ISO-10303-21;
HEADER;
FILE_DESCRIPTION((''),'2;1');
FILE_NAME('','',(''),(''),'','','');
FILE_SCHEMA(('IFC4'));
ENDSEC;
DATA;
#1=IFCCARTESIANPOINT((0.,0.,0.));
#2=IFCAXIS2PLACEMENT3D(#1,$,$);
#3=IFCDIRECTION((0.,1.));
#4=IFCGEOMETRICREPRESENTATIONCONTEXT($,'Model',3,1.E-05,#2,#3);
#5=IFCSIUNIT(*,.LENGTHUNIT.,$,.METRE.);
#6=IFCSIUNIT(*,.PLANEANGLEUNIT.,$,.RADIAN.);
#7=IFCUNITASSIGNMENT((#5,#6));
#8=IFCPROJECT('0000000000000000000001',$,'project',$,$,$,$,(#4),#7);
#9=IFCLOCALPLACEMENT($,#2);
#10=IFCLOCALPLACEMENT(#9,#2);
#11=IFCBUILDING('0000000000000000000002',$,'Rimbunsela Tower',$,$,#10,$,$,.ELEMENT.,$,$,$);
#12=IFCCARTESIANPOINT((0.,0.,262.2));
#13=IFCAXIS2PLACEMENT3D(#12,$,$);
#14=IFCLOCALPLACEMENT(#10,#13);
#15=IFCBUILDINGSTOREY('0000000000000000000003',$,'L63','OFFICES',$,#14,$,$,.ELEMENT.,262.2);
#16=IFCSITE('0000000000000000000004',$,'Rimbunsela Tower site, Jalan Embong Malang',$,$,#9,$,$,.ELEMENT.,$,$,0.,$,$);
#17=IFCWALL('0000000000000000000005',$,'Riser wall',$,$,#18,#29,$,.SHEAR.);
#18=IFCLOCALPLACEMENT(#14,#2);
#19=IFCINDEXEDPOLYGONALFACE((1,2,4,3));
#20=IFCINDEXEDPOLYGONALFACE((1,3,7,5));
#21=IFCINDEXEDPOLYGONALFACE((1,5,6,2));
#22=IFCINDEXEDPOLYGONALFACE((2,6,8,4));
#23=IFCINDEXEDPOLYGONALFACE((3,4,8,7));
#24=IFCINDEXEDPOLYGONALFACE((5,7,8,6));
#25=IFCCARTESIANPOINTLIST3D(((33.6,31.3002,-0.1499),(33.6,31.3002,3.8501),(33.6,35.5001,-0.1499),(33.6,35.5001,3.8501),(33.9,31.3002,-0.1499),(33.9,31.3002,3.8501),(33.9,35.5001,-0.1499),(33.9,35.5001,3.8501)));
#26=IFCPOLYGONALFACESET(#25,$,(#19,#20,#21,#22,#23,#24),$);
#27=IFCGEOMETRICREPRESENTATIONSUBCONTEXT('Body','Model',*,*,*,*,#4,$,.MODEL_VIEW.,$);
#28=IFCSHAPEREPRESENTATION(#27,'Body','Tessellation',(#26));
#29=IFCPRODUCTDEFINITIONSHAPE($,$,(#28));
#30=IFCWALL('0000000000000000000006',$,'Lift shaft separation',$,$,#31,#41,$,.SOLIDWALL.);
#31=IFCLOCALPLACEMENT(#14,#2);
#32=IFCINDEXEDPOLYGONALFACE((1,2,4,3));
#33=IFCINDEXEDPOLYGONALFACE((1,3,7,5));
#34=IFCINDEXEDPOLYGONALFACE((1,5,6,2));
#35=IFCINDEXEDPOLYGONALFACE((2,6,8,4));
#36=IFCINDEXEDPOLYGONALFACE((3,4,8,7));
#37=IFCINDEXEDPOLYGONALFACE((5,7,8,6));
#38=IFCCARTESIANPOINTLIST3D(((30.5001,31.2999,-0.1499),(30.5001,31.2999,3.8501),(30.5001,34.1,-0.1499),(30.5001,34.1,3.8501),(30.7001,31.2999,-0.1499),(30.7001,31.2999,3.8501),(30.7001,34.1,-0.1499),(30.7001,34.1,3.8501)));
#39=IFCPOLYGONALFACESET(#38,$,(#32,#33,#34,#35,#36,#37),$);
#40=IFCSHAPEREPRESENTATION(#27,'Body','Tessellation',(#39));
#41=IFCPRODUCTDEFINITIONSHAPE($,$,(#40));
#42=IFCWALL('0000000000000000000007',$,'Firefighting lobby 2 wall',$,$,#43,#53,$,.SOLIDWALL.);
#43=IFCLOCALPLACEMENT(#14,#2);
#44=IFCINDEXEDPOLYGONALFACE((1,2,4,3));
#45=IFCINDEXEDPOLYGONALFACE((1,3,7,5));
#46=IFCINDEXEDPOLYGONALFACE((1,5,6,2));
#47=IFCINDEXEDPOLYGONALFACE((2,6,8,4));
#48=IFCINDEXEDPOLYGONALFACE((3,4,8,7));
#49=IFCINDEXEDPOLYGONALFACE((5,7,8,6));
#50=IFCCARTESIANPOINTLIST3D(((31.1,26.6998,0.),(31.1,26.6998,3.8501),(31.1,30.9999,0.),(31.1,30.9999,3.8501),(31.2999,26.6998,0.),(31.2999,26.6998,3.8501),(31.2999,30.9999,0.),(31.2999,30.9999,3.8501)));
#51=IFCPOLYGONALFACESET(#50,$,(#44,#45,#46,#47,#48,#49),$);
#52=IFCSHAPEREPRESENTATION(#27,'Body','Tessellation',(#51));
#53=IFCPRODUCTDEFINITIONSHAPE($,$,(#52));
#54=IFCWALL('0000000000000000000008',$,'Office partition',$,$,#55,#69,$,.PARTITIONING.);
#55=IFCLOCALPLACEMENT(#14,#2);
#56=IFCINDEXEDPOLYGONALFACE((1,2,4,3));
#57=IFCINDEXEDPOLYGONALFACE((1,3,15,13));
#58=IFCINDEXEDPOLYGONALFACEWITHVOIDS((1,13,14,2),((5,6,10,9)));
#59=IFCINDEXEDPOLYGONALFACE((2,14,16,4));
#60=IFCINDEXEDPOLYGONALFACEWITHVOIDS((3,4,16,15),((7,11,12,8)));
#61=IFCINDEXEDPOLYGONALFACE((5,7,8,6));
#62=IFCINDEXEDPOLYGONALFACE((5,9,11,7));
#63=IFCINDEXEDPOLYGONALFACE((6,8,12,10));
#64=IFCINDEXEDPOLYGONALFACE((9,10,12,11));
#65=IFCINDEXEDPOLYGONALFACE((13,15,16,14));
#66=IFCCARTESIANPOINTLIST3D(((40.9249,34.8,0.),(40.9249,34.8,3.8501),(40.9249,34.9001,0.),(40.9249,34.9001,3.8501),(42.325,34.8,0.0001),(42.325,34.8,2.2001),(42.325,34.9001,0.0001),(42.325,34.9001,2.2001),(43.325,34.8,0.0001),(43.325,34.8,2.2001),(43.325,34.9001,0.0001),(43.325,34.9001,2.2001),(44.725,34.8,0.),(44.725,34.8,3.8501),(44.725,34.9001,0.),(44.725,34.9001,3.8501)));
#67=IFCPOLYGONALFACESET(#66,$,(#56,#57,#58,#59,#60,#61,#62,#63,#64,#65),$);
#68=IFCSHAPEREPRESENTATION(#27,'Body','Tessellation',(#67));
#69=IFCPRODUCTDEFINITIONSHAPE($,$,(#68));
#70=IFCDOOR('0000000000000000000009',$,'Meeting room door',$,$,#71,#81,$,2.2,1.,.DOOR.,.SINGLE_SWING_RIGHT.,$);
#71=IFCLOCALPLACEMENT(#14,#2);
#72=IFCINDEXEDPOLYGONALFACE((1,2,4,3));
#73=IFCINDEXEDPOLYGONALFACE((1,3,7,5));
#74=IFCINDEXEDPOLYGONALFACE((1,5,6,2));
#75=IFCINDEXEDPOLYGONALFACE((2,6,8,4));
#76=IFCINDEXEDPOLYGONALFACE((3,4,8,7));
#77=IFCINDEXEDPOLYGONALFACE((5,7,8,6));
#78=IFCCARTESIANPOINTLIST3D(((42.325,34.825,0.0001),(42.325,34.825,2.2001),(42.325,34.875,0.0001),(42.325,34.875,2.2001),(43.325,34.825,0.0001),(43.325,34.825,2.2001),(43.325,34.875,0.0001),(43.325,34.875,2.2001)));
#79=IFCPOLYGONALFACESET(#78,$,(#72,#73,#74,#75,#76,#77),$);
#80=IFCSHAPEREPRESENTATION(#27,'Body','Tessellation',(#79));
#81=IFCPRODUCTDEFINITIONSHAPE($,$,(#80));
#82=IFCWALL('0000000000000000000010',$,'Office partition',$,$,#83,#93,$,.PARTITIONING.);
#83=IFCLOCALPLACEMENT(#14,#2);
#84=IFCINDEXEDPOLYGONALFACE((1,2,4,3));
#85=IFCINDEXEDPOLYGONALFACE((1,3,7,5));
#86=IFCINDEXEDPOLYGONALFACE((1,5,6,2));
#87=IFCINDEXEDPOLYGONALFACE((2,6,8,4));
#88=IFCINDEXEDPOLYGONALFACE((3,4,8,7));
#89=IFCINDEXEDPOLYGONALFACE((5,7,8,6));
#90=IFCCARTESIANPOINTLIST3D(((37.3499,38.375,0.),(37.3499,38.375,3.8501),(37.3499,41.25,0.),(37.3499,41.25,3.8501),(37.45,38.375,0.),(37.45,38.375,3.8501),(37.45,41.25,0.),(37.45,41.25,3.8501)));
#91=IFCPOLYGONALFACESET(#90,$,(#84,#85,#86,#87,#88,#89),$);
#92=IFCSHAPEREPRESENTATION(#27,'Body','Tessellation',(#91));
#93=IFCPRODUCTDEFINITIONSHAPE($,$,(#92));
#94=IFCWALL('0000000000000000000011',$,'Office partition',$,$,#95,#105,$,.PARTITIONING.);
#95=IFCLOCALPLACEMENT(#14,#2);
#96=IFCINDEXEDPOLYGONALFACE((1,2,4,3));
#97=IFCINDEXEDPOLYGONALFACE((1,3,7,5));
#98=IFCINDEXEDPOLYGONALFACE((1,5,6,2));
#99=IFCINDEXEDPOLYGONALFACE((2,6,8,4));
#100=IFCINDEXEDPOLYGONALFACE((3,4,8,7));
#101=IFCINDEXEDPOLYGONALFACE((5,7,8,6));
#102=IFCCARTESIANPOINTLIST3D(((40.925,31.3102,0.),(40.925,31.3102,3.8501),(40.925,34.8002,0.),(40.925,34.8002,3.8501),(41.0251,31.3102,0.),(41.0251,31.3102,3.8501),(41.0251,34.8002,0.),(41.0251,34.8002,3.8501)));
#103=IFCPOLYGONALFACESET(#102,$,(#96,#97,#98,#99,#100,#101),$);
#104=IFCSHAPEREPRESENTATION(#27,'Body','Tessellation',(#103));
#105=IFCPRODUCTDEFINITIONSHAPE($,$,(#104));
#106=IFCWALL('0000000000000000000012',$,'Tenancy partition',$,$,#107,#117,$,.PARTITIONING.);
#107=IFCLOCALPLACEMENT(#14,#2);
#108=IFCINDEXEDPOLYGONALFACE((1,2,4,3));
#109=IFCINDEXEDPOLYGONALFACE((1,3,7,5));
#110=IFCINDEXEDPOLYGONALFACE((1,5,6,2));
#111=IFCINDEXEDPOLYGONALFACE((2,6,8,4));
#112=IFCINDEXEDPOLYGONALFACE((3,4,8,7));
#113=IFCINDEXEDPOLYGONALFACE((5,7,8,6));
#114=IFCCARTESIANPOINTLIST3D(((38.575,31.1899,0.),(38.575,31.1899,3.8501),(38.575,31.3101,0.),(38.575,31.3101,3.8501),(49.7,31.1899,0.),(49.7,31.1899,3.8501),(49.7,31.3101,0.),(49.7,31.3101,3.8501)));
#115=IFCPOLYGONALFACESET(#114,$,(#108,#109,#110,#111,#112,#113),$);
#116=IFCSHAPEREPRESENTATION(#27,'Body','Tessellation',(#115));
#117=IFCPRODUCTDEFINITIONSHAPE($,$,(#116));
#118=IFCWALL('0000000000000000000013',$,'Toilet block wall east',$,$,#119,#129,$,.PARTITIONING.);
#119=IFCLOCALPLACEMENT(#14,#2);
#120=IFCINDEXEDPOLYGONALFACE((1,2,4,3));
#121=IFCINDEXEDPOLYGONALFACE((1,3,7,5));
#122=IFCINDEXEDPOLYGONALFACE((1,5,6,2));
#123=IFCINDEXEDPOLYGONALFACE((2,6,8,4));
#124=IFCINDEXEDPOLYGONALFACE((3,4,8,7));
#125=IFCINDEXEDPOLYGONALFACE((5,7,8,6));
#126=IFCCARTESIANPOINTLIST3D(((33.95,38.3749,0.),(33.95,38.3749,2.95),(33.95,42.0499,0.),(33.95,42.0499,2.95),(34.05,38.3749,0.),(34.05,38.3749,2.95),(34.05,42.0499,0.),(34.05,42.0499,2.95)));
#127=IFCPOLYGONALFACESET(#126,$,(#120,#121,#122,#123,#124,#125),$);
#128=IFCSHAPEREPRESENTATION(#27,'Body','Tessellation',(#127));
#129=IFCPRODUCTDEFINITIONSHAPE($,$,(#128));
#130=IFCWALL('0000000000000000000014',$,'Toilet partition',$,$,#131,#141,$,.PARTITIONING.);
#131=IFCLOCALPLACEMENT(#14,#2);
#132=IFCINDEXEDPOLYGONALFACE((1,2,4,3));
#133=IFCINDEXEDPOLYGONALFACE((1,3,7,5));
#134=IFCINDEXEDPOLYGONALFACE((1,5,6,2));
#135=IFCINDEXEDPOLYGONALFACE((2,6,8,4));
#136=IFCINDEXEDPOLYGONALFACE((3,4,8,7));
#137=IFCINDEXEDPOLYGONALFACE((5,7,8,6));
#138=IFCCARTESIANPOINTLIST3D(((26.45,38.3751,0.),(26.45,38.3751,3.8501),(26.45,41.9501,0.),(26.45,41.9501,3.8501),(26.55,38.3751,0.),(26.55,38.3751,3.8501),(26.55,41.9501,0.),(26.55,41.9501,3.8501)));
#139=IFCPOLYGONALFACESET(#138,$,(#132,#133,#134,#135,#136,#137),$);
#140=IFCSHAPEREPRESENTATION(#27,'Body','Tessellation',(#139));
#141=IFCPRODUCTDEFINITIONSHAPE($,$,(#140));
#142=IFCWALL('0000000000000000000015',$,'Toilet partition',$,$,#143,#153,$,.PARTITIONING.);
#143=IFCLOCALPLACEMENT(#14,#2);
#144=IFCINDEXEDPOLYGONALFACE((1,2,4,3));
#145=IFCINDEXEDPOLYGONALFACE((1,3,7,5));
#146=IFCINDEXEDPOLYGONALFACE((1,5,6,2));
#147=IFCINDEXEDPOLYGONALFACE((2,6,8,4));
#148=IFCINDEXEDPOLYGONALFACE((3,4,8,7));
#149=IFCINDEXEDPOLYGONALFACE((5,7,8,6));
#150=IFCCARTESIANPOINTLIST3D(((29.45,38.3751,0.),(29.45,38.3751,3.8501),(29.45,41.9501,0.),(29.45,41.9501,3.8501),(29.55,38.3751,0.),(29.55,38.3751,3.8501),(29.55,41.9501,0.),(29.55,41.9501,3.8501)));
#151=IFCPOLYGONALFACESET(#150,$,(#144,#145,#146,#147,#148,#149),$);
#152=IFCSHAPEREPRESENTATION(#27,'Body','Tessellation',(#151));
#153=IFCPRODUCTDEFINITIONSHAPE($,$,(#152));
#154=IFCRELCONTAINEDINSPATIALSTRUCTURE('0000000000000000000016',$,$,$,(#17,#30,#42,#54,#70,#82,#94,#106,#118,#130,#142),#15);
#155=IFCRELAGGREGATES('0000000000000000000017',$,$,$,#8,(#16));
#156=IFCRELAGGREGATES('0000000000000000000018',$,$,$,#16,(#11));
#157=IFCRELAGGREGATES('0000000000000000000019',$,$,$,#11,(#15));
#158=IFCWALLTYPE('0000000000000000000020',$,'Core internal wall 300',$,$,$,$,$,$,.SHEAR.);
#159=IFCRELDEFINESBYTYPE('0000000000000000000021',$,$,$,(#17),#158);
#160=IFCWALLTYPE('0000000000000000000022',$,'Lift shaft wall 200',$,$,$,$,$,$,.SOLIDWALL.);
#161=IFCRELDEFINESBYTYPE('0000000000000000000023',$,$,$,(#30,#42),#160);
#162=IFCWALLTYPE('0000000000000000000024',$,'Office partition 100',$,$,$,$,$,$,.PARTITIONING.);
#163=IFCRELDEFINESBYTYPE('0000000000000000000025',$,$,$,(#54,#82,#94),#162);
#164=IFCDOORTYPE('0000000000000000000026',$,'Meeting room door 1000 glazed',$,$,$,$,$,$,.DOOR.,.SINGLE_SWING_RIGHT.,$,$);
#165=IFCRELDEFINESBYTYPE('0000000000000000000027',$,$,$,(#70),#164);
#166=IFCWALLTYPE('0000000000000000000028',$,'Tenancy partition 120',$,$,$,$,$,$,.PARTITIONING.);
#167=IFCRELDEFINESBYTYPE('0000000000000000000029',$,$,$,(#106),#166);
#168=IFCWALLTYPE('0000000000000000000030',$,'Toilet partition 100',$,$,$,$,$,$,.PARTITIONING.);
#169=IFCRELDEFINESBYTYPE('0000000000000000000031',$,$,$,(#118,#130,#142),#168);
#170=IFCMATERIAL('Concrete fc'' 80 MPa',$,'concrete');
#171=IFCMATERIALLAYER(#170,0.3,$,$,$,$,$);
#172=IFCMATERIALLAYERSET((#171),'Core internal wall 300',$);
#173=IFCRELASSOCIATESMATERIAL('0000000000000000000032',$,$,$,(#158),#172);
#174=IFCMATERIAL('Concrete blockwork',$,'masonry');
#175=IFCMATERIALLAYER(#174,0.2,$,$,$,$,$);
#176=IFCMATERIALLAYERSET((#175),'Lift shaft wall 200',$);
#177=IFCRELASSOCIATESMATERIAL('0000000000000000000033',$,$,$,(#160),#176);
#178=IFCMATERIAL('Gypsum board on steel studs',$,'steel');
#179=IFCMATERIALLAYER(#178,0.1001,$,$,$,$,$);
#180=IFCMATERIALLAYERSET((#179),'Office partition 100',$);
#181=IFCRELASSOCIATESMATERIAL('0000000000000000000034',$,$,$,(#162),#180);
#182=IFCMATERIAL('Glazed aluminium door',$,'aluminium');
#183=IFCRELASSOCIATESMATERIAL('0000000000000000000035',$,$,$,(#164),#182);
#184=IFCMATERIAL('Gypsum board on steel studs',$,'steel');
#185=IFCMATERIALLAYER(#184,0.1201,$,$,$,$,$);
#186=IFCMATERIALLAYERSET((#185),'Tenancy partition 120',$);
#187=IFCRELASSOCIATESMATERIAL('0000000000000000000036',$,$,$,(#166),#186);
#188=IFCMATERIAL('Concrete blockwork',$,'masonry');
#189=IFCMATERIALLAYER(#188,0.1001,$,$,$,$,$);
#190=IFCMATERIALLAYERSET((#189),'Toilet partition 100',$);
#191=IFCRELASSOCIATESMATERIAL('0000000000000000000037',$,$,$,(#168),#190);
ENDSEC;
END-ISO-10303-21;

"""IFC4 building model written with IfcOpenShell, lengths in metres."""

from ifc_helpers import new_model, si_unit, direction, frame, frame_2d, origin, place, context, subcontext, project, spatial, rectangle, extrude, material, layer, layer_set, type_object, element, fill, save


model = new_model("IFC4")

# Units and contexts
model_context = context("Model", 3, precision=1e-05, world=origin(), true_north=direction((0.0, 1.0)))
body_context = subcontext(model_context, "Body", "Model", "MODEL_VIEW")
ifc_project = project(units=[si_unit("LENGTHUNIT", "METRE"), si_unit("PLANEANGLEUNIT", "RADIAN")], contexts=[model_context])

# Site, building, storey
site_placement = place(None, origin())
site = spatial("IfcSite", under=ifc_project, at=site_placement, Name="Rimbunsela Tower site, Jalan Embong Malang", CompositionType="ELEMENT", RefElevation=0.0)
building_placement = place(site_placement, origin())
building = spatial("IfcBuilding", under=site, at=building_placement, Name="Rimbunsela Tower", CompositionType="ELEMENT")
storey_placement = place(building_placement, frame((0.0, 0.0, 262.2)))
storey = spatial("IfcBuildingStorey", under=building, at=storey_placement, Name="L63", Description="OFFICES", CompositionType="ELEMENT", Elevation=262.2)

# Walls
ifc_material_1 = material(Name="Concrete fc' 80 MPa", Category="concrete")
ifc_layer_1 = layer(ifc_material_1, 0.3)
ifc_layer_set_1 = layer_set([ifc_layer_1], Name="Core internal wall 300")
wall_type_1 = type_object("IfcWallType", Name="Core internal wall 300", PredefinedType="SHEAR", material=ifc_layer_set_1)
wall_1_placement = place(storey_placement, frame((33.75, 31.3, -0.1499), z_axis=(0.0, 0.0, 1.0), x_axis=(0.0, 1.0, 0.0)))
element("IfcWall", 1, at=wall_1_placement, inside=storey, type_object=wall_type_1, Name="Riser wall", PredefinedType="SHEAR", context=body_context, shape_type="SweptSolid", body=[
    extrude(rectangle(XDim=4.2, YDim=0.3, at=frame_2d((2.1001, 0.0))), origin(), (0.0, 0.0, 1.0), 4.0),
])
ifc_material_2 = material(Name="Concrete blockwork", Category="masonry")
ifc_layer_2 = layer(ifc_material_2, 0.2)
ifc_layer_set_2 = layer_set([ifc_layer_2], Name="Lift shaft wall 200")
wall_type_2 = type_object("IfcWallType", Name="Lift shaft wall 200", PredefinedType="SOLIDWALL", material=ifc_layer_set_2)
wall_2_placement = place(storey_placement, frame((30.6001, 31.3, -0.1499), z_axis=(0.0, 0.0, 1.0), x_axis=(0.0, 1.0, 0.0)))
element("IfcWall", 2, at=wall_2_placement, inside=storey, type_object=wall_type_2, Name="Lift shaft separation", PredefinedType="SOLIDWALL", context=body_context, shape_type="SweptSolid", body=[
    extrude(rectangle(XDim=2.8, YDim=0.2, at=frame_2d((1.3999, 0.0))), origin(), (0.0, 0.0, 1.0), 4.0),
])
wall_3_placement = place(storey_placement, frame((31.2, 26.7, 0.0), z_axis=(0.0, 0.0, 1.0), x_axis=(0.0, 1.0, 0.0)))
element("IfcWall", 3, at=wall_3_placement, inside=storey, type_object=wall_type_2, Name="Firefighting lobby 2 wall", PredefinedType="SOLIDWALL", context=body_context, shape_type="SweptSolid", body=[
    extrude(rectangle(XDim=4.3, YDim=0.2, at=frame_2d((2.1499, 0.0))), origin(), (0.0, 0.0, 1.0), 3.8501),
])

# Wall, opening, door
ifc_material_3 = material(Name="Gypsum board on steel studs", Category="steel")
ifc_layer_3 = layer(ifc_material_3, 0.1001)
ifc_layer_set_3 = layer_set([ifc_layer_3], Name="Office partition 100")
wall_type_3 = type_object("IfcWallType", Name="Office partition 100", PredefinedType="PARTITIONING", material=ifc_layer_set_3)
wall_4_placement = place(storey_placement, frame((40.925, 34.8501, 0.0), z_axis=(0.0, 0.0, 1.0), x_axis=(1.0, 0.0, 0.0)))
wall_4 = element("IfcWall", 4, at=wall_4_placement, inside=storey, type_object=wall_type_3, Name="Office partition", PredefinedType="PARTITIONING", context=body_context, shape_type="SweptSolid", body=[
    extrude(rectangle(XDim=3.8, YDim=0.1001, at=frame_2d((1.8999, 0.0))), origin(), (0.0, 0.0, 1.0), 3.8501),
])
opening_placement = place(wall_4_placement, frame((1.3999, 0.0, 0.0)))
opening = element("IfcOpeningElement", 5, at=opening_placement, cuts=wall_4, PredefinedType="OPENING", context=body_context, shape_type="SweptSolid", body=[
    extrude(rectangle(XDim=1.0, YDim=2.2, at=frame_2d((0.5, 1.1001))), frame((0.0, 0.0601, 0.0), z_axis=(0.0, -1.0, 0.0), x_axis=(1.0, 0.0, 0.0)), (0.0, 0.0, 1.0), 0.1201),
])
ifc_material_4 = material(Name="Glazed aluminium door", Category="aluminium")
door_type = type_object("IfcDoorType", Name="Meeting room door 1000 glazed", OperationType="SINGLE_SWING_RIGHT", PredefinedType="DOOR", material=ifc_material_4)
door_placement = place(opening_placement, origin())
door = element("IfcDoor", 6, at=door_placement, inside=storey, type_object=door_type, Name="Meeting room door", OperationType="SINGLE_SWING_RIGHT", OverallHeight=2.2, OverallWidth=1.0, PredefinedType="DOOR", context=body_context, shape_type="SweptSolid", body=[
    extrude(rectangle(XDim=1.0, YDim=2.2, at=frame_2d((0.5, 1.1001))), frame((0.0, 0.0249, 0.0), z_axis=(0.0, -1.0, 0.0), x_axis=(1.0, 0.0, 0.0)), (0.0, 0.0, 1.0), 0.05),
])
fill(opening, door)

# Walls
wall_5_placement = place(storey_placement, frame((37.3999, 38.375, 0.0), z_axis=(0.0, 0.0, 1.0), x_axis=(0.0, 1.0, 0.0)))
element("IfcWall", 7, at=wall_5_placement, inside=storey, type_object=wall_type_3, Name="Office partition", PredefinedType="PARTITIONING", context=body_context, shape_type="SweptSolid", body=[
    extrude(rectangle(XDim=2.875, YDim=0.1001, at=frame_2d((1.4375, 0.0))), origin(), (0.0, 0.0, 1.0), 3.8501),
])
wall_6_placement = place(storey_placement, frame((40.9751, 31.3101, 0.0), z_axis=(0.0, 0.0, 1.0), x_axis=(0.0, 1.0, 0.0)))
element("IfcWall", 8, at=wall_6_placement, inside=storey, type_object=wall_type_3, Name="Office partition", PredefinedType="PARTITIONING", context=body_context, shape_type="SweptSolid", body=[
    extrude(rectangle(XDim=3.49, YDim=0.1001, at=frame_2d((1.7451, 0.0))), origin(), (0.0, 0.0, 1.0), 3.8501),
])
ifc_material_5 = material(Name="Gypsum board on steel studs", Category="steel")
ifc_layer_4 = layer(ifc_material_5, 0.1201)
ifc_layer_set_4 = layer_set([ifc_layer_4], Name="Tenancy partition 120")
wall_type_4 = type_object("IfcWallType", Name="Tenancy partition 120", PredefinedType="PARTITIONING", material=ifc_layer_set_4)
wall_7_placement = place(storey_placement, frame((38.575, 31.25, 0.0), z_axis=(0.0, 0.0, 1.0), x_axis=(1.0, 0.0, 0.0)))
element("IfcWall", 9, at=wall_7_placement, inside=storey, type_object=wall_type_4, Name="Tenancy partition", PredefinedType="PARTITIONING", context=body_context, shape_type="SweptSolid", body=[
    extrude(rectangle(XDim=11.125, YDim=0.1201, at=frame_2d((5.5625, 0.0))), origin(), (0.0, 0.0, 1.0), 3.8501),
])
ifc_material_6 = material(Name="Concrete blockwork", Category="masonry")
ifc_layer_5 = layer(ifc_material_6, 0.1001)
ifc_layer_set_5 = layer_set([ifc_layer_5], Name="Toilet partition 100")
wall_type_5 = type_object("IfcWallType", Name="Toilet partition 100", PredefinedType="PARTITIONING", material=ifc_layer_set_5)
wall_8_placement = place(storey_placement, frame((34.0, 38.375, 0.0), z_axis=(0.0, 0.0, 1.0), x_axis=(0.0, 1.0, 0.0)))
element("IfcWall", 10, at=wall_8_placement, inside=storey, type_object=wall_type_5, Name="Toilet block wall east", PredefinedType="PARTITIONING", context=body_context, shape_type="SweptSolid", body=[
    extrude(rectangle(XDim=3.675, YDim=0.1001, at=frame_2d((1.8374, 0.0))), origin(), (0.0, 0.0, 1.0), 2.95),
])
for number, where, z_axis, x_axis, name in (
    (11, (26.5, 38.375, 0.0), (0.0, 0.0, 1.0), (0.0, 1.0, 0.0), "Toilet partition"),
    (12, (29.5, 38.375, 0.0), (0.0, 0.0, 1.0), (0.0, 1.0, 0.0), "Toilet partition"),
):
    element("IfcWall", number, at=place(storey_placement, frame(where, z_axis=z_axis, x_axis=x_axis)), inside=storey, type_object=wall_type_5, Name=name, PredefinedType="PARTITIONING", context=body_context, shape_type="SweptSolid", body=[
        extrude(rectangle(XDim=3.575, YDim=0.1001, at=frame_2d((1.7876, 0.0))), origin(), (0.0, 0.0, 1.0), 3.8501),
    ])

save(model, "model.ifc")
